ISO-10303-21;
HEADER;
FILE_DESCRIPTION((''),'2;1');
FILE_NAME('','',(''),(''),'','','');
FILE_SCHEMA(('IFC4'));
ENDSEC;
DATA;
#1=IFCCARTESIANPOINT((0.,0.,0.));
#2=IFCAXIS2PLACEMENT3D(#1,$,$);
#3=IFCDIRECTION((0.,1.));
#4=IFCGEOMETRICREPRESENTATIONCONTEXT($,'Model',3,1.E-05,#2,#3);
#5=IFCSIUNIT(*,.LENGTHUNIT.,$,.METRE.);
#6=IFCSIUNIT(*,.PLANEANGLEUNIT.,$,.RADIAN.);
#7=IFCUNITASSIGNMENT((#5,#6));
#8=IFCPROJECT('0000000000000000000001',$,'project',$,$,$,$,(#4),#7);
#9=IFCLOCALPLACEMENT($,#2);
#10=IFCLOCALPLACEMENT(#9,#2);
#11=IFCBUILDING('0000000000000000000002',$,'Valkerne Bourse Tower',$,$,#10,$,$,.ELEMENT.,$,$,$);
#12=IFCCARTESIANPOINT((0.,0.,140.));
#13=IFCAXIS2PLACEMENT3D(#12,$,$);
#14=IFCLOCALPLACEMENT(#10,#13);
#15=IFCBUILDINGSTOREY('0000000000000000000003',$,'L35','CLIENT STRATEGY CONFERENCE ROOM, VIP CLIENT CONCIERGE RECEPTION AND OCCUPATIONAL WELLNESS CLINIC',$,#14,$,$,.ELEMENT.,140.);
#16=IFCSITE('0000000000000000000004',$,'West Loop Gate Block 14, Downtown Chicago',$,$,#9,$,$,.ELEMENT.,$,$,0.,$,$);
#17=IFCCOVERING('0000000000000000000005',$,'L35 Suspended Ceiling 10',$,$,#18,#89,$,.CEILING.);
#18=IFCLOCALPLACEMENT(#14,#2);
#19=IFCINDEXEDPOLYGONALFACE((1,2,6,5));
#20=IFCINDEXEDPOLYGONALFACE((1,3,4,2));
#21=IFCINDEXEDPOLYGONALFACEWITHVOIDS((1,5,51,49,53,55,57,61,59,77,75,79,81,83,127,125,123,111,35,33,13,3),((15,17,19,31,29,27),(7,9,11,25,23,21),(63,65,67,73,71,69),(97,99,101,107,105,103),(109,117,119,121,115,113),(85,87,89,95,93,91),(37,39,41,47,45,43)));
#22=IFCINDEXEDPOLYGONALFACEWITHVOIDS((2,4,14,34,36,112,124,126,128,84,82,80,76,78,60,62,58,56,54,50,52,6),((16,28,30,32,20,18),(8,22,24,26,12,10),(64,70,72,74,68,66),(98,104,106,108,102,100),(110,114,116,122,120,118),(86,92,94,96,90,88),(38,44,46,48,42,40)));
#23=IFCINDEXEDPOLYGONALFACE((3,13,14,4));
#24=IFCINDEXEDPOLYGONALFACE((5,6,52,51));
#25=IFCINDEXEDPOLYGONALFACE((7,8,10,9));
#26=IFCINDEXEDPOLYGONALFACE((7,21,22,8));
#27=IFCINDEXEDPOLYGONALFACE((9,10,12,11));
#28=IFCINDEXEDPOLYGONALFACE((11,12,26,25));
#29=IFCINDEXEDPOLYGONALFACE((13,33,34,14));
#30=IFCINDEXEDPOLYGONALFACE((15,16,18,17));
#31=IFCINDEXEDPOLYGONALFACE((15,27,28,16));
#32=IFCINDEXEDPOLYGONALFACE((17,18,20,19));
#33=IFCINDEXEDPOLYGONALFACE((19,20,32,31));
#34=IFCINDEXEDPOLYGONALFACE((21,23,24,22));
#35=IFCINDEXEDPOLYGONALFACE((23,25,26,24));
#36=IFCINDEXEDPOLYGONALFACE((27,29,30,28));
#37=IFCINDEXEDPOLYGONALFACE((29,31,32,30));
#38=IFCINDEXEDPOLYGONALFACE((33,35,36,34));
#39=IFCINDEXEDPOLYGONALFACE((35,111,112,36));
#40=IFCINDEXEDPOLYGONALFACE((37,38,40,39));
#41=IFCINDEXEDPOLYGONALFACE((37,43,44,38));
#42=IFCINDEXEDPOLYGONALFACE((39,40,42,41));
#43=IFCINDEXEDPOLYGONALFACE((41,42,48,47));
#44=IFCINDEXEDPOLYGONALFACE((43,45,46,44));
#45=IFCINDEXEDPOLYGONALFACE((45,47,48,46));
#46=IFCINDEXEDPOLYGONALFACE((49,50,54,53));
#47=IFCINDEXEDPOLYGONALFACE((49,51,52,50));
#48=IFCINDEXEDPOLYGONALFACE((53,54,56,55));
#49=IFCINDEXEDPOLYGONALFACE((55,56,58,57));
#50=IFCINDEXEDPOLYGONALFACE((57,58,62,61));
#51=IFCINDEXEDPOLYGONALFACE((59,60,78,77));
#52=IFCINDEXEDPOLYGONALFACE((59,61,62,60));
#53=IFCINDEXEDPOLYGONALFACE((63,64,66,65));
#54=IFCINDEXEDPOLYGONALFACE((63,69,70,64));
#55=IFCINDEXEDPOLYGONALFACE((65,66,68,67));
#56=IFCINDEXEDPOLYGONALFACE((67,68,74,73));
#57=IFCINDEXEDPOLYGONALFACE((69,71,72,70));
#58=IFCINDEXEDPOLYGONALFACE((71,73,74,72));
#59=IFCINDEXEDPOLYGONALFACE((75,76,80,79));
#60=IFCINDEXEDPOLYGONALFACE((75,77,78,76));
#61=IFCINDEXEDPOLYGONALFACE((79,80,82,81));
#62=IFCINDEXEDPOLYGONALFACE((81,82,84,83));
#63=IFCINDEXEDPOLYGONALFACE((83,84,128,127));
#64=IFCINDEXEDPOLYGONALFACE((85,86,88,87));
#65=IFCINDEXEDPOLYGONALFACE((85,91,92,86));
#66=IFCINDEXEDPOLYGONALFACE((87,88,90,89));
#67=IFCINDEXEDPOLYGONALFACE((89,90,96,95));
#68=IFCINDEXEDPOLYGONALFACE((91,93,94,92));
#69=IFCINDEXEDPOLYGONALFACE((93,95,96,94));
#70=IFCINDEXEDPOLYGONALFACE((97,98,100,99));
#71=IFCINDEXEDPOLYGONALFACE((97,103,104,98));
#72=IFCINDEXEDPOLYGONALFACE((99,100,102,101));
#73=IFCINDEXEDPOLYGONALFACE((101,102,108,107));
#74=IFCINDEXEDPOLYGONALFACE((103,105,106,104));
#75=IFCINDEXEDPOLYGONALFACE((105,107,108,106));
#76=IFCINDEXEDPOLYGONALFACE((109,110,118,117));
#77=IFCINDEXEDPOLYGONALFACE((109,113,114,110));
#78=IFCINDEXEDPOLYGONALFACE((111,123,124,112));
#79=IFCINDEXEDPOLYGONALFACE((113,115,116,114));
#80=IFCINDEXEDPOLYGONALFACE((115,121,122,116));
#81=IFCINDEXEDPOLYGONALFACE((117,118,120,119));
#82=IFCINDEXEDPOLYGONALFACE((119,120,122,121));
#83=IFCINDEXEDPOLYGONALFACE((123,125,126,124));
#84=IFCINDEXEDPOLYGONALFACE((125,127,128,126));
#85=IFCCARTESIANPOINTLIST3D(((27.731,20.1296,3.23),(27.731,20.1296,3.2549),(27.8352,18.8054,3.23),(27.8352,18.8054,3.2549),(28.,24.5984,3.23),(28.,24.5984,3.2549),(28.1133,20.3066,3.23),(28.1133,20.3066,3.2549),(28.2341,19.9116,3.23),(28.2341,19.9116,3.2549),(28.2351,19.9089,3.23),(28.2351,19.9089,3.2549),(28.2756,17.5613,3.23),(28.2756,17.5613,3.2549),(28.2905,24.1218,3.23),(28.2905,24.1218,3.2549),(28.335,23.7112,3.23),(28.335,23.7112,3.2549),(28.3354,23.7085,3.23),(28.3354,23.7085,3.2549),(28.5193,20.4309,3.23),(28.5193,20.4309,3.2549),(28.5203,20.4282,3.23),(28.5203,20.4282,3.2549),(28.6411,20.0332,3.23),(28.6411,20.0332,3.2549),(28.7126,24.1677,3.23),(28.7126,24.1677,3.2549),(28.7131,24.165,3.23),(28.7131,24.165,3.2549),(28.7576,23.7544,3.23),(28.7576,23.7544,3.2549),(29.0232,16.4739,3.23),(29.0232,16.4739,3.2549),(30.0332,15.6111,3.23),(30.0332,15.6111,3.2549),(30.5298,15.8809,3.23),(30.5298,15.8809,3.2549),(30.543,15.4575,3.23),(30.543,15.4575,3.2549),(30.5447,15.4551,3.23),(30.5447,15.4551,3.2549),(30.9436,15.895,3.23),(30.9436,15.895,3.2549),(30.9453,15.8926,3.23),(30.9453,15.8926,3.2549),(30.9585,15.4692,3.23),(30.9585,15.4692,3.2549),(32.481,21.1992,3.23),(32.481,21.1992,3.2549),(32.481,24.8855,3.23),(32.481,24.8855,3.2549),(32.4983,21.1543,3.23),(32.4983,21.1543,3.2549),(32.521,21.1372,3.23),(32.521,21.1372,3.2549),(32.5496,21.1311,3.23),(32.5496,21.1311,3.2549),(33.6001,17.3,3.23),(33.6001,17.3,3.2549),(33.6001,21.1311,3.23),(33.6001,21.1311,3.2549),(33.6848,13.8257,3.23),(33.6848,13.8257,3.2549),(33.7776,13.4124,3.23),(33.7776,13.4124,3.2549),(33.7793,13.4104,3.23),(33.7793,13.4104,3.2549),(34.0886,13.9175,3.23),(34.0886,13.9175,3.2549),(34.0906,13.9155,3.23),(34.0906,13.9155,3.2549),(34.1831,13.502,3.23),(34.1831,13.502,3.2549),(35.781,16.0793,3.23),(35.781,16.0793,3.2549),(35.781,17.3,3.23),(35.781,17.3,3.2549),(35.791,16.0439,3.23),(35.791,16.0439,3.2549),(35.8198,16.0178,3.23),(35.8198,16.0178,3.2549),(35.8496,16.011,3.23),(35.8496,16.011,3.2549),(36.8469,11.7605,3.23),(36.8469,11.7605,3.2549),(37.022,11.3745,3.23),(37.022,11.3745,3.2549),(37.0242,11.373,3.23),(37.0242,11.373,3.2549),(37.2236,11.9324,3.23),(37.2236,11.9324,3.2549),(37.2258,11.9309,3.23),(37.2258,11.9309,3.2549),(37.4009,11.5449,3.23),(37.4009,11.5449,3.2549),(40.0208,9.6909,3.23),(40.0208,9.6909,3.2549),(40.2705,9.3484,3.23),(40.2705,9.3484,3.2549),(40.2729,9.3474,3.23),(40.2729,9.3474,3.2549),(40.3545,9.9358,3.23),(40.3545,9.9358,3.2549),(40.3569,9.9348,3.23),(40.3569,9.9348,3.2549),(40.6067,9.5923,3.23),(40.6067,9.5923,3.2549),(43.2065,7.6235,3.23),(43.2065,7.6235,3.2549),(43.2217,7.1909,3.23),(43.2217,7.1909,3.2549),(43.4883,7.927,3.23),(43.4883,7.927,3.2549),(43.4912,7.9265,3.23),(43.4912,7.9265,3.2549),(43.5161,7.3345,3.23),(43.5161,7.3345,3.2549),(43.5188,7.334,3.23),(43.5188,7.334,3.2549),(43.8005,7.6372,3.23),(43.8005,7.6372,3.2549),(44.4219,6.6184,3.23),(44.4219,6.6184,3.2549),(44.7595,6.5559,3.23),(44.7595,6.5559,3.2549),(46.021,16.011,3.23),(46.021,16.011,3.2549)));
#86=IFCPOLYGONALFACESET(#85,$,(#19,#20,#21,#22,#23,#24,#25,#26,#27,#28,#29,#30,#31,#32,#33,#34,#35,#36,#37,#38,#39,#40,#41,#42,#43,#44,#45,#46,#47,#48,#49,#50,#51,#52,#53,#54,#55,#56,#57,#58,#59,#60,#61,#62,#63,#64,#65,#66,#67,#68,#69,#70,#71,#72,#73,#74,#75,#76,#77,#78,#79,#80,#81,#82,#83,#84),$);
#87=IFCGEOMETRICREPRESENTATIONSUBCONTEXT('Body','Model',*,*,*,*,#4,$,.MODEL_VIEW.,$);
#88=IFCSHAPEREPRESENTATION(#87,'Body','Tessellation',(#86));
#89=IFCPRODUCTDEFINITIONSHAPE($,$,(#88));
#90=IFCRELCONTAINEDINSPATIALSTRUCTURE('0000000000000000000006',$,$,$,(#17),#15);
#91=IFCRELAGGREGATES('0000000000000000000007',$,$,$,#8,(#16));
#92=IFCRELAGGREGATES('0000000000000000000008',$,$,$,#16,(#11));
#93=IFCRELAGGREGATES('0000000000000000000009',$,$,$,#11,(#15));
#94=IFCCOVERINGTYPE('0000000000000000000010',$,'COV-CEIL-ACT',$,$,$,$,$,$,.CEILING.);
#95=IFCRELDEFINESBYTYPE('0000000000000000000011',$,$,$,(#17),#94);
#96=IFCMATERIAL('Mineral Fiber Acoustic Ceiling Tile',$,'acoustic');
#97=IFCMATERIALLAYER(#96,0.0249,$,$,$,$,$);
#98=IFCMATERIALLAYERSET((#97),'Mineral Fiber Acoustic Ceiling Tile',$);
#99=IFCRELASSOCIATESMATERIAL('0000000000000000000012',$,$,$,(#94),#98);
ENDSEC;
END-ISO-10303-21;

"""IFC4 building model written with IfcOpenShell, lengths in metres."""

from ifc_helpers import new_model, si_unit, direction, frame, origin, place, context, subcontext, project, spatial, polyline, outline, extrude, material, layer, layer_set, type_object, element, save


model = new_model("IFC4")

# Units and contexts
model_context = context("Model", 3, precision=1e-05, world=origin(), true_north=direction((0.0, 1.0)))
body_context = subcontext(model_context, "Body", "Model", "MODEL_VIEW")
ifc_project = project(units=[si_unit("LENGTHUNIT", "METRE"), si_unit("PLANEANGLEUNIT", "RADIAN")], contexts=[model_context])

# Site, building, storey
site_placement = place(None, origin())
site = spatial("IfcSite", under=ifc_project, at=site_placement, Name="West Loop Gate Block 14, Downtown Chicago", CompositionType="ELEMENT", RefElevation=0.0)
building_placement = place(site_placement, origin())
building = spatial("IfcBuilding", under=site, at=building_placement, Name="Valkerne Bourse Tower", CompositionType="ELEMENT")
storey_placement = place(building_placement, frame((0.0, 0.0, 140.0)))
storey = spatial("IfcBuildingStorey", under=building, at=storey_placement, Name="L35", Description="CLIENT STRATEGY CONFERENCE ROOM, VIP CLIENT CONCIERGE RECEPTION AND OCCUPATIONAL WELLNESS CLINIC", CompositionType="ELEMENT", Elevation=140.0)

# Covering
ifc_material_1 = material(Name="Mineral Fiber Acoustic Ceiling Tile", Category="acoustic")
ifc_layer_1 = layer(ifc_material_1, 0.0249)
ifc_layer_set_1 = layer_set([ifc_layer_1], Name="Mineral Fiber Acoustic Ceiling Tile")
covering_type_1 = type_object("IfcCoveringType", Name="COV-CEIL-ACT", PredefinedType="CEILING", material=ifc_layer_set_1)
covering_1_placement = place(storey_placement, frame((0.0, 0.0, 3.23)))
element("IfcCovering", 1, at=covering_1_placement, inside=storey, type_object=covering_type_1, Name="L35 Suspended Ceiling 10", PredefinedType="CEILING", context=body_context, shape_type="SweptSolid", body=[
    extrude(outline(polyline([(30.0332, 15.6111), (29.0232, 16.4739), (28.2756, 17.5613), (27.8352, 18.8054), (27.731, 20.1296), (28.0, 24.5984), (32.481, 24.8855), (32.481, 21.1992), (32.4983, 21.1543), (32.521, 21.1372), (32.5496, 21.1311), (33.6001, 21.1311), (33.6001, 17.3), (35.781, 17.3), (35.781, 16.0793), (35.791, 16.0439), (35.8198, 16.0178), (35.8496, 16.011), (46.021, 16.011), (44.7595, 6.5559), (44.4219, 6.6184), (43.2217, 7.1909), (30.0332, 15.6111)]), holes=[polyline([(37.2258, 11.9309), (37.2236, 11.9324), (36.8469, 11.7605), (37.022, 11.3745), (37.0242, 11.373), (37.4009, 11.5449), (37.2258, 11.9309)]), polyline([(34.0906, 13.9155), (34.0886, 13.9175), (33.6848, 13.8257), (33.7776, 13.4124), (33.7793, 13.4104), (34.1831, 13.502), (34.0906, 13.9155)]), polyline([(30.9585, 15.4692), (30.9453, 15.8926), (30.9436, 15.895), (30.5298, 15.8809), (30.543, 15.4575), (30.5447, 15.4551), (30.9585, 15.4692)]), polyline([(28.6411, 20.0332), (28.5203, 20.4282), (28.5193, 20.4309), (28.1133, 20.3066), (28.2341, 19.9116), (28.2351, 19.9089), (28.6411, 20.0332)]), polyline([(28.7131, 24.165), (28.7126, 24.1677), (28.2905, 24.1218), (28.335, 23.7112), (28.3354, 23.7085), (28.7576, 23.7544), (28.7131, 24.165)]), polyline([(43.4912, 7.9265), (43.4883, 7.927), (43.2065, 7.6235), (43.5161, 7.3345), (43.5188, 7.334), (43.8005, 7.6372), (43.4912, 7.9265)]), polyline([(40.3569, 9.9348), (40.3545, 9.9358), (40.0208, 9.6909), (40.2705, 9.3484), (40.2729, 9.3474), (40.6067, 9.5923), (40.3569, 9.9348)])]), origin(), (0.0, 0.0, 1.0), 0.0249),
])

save(model, "model.ifc")
